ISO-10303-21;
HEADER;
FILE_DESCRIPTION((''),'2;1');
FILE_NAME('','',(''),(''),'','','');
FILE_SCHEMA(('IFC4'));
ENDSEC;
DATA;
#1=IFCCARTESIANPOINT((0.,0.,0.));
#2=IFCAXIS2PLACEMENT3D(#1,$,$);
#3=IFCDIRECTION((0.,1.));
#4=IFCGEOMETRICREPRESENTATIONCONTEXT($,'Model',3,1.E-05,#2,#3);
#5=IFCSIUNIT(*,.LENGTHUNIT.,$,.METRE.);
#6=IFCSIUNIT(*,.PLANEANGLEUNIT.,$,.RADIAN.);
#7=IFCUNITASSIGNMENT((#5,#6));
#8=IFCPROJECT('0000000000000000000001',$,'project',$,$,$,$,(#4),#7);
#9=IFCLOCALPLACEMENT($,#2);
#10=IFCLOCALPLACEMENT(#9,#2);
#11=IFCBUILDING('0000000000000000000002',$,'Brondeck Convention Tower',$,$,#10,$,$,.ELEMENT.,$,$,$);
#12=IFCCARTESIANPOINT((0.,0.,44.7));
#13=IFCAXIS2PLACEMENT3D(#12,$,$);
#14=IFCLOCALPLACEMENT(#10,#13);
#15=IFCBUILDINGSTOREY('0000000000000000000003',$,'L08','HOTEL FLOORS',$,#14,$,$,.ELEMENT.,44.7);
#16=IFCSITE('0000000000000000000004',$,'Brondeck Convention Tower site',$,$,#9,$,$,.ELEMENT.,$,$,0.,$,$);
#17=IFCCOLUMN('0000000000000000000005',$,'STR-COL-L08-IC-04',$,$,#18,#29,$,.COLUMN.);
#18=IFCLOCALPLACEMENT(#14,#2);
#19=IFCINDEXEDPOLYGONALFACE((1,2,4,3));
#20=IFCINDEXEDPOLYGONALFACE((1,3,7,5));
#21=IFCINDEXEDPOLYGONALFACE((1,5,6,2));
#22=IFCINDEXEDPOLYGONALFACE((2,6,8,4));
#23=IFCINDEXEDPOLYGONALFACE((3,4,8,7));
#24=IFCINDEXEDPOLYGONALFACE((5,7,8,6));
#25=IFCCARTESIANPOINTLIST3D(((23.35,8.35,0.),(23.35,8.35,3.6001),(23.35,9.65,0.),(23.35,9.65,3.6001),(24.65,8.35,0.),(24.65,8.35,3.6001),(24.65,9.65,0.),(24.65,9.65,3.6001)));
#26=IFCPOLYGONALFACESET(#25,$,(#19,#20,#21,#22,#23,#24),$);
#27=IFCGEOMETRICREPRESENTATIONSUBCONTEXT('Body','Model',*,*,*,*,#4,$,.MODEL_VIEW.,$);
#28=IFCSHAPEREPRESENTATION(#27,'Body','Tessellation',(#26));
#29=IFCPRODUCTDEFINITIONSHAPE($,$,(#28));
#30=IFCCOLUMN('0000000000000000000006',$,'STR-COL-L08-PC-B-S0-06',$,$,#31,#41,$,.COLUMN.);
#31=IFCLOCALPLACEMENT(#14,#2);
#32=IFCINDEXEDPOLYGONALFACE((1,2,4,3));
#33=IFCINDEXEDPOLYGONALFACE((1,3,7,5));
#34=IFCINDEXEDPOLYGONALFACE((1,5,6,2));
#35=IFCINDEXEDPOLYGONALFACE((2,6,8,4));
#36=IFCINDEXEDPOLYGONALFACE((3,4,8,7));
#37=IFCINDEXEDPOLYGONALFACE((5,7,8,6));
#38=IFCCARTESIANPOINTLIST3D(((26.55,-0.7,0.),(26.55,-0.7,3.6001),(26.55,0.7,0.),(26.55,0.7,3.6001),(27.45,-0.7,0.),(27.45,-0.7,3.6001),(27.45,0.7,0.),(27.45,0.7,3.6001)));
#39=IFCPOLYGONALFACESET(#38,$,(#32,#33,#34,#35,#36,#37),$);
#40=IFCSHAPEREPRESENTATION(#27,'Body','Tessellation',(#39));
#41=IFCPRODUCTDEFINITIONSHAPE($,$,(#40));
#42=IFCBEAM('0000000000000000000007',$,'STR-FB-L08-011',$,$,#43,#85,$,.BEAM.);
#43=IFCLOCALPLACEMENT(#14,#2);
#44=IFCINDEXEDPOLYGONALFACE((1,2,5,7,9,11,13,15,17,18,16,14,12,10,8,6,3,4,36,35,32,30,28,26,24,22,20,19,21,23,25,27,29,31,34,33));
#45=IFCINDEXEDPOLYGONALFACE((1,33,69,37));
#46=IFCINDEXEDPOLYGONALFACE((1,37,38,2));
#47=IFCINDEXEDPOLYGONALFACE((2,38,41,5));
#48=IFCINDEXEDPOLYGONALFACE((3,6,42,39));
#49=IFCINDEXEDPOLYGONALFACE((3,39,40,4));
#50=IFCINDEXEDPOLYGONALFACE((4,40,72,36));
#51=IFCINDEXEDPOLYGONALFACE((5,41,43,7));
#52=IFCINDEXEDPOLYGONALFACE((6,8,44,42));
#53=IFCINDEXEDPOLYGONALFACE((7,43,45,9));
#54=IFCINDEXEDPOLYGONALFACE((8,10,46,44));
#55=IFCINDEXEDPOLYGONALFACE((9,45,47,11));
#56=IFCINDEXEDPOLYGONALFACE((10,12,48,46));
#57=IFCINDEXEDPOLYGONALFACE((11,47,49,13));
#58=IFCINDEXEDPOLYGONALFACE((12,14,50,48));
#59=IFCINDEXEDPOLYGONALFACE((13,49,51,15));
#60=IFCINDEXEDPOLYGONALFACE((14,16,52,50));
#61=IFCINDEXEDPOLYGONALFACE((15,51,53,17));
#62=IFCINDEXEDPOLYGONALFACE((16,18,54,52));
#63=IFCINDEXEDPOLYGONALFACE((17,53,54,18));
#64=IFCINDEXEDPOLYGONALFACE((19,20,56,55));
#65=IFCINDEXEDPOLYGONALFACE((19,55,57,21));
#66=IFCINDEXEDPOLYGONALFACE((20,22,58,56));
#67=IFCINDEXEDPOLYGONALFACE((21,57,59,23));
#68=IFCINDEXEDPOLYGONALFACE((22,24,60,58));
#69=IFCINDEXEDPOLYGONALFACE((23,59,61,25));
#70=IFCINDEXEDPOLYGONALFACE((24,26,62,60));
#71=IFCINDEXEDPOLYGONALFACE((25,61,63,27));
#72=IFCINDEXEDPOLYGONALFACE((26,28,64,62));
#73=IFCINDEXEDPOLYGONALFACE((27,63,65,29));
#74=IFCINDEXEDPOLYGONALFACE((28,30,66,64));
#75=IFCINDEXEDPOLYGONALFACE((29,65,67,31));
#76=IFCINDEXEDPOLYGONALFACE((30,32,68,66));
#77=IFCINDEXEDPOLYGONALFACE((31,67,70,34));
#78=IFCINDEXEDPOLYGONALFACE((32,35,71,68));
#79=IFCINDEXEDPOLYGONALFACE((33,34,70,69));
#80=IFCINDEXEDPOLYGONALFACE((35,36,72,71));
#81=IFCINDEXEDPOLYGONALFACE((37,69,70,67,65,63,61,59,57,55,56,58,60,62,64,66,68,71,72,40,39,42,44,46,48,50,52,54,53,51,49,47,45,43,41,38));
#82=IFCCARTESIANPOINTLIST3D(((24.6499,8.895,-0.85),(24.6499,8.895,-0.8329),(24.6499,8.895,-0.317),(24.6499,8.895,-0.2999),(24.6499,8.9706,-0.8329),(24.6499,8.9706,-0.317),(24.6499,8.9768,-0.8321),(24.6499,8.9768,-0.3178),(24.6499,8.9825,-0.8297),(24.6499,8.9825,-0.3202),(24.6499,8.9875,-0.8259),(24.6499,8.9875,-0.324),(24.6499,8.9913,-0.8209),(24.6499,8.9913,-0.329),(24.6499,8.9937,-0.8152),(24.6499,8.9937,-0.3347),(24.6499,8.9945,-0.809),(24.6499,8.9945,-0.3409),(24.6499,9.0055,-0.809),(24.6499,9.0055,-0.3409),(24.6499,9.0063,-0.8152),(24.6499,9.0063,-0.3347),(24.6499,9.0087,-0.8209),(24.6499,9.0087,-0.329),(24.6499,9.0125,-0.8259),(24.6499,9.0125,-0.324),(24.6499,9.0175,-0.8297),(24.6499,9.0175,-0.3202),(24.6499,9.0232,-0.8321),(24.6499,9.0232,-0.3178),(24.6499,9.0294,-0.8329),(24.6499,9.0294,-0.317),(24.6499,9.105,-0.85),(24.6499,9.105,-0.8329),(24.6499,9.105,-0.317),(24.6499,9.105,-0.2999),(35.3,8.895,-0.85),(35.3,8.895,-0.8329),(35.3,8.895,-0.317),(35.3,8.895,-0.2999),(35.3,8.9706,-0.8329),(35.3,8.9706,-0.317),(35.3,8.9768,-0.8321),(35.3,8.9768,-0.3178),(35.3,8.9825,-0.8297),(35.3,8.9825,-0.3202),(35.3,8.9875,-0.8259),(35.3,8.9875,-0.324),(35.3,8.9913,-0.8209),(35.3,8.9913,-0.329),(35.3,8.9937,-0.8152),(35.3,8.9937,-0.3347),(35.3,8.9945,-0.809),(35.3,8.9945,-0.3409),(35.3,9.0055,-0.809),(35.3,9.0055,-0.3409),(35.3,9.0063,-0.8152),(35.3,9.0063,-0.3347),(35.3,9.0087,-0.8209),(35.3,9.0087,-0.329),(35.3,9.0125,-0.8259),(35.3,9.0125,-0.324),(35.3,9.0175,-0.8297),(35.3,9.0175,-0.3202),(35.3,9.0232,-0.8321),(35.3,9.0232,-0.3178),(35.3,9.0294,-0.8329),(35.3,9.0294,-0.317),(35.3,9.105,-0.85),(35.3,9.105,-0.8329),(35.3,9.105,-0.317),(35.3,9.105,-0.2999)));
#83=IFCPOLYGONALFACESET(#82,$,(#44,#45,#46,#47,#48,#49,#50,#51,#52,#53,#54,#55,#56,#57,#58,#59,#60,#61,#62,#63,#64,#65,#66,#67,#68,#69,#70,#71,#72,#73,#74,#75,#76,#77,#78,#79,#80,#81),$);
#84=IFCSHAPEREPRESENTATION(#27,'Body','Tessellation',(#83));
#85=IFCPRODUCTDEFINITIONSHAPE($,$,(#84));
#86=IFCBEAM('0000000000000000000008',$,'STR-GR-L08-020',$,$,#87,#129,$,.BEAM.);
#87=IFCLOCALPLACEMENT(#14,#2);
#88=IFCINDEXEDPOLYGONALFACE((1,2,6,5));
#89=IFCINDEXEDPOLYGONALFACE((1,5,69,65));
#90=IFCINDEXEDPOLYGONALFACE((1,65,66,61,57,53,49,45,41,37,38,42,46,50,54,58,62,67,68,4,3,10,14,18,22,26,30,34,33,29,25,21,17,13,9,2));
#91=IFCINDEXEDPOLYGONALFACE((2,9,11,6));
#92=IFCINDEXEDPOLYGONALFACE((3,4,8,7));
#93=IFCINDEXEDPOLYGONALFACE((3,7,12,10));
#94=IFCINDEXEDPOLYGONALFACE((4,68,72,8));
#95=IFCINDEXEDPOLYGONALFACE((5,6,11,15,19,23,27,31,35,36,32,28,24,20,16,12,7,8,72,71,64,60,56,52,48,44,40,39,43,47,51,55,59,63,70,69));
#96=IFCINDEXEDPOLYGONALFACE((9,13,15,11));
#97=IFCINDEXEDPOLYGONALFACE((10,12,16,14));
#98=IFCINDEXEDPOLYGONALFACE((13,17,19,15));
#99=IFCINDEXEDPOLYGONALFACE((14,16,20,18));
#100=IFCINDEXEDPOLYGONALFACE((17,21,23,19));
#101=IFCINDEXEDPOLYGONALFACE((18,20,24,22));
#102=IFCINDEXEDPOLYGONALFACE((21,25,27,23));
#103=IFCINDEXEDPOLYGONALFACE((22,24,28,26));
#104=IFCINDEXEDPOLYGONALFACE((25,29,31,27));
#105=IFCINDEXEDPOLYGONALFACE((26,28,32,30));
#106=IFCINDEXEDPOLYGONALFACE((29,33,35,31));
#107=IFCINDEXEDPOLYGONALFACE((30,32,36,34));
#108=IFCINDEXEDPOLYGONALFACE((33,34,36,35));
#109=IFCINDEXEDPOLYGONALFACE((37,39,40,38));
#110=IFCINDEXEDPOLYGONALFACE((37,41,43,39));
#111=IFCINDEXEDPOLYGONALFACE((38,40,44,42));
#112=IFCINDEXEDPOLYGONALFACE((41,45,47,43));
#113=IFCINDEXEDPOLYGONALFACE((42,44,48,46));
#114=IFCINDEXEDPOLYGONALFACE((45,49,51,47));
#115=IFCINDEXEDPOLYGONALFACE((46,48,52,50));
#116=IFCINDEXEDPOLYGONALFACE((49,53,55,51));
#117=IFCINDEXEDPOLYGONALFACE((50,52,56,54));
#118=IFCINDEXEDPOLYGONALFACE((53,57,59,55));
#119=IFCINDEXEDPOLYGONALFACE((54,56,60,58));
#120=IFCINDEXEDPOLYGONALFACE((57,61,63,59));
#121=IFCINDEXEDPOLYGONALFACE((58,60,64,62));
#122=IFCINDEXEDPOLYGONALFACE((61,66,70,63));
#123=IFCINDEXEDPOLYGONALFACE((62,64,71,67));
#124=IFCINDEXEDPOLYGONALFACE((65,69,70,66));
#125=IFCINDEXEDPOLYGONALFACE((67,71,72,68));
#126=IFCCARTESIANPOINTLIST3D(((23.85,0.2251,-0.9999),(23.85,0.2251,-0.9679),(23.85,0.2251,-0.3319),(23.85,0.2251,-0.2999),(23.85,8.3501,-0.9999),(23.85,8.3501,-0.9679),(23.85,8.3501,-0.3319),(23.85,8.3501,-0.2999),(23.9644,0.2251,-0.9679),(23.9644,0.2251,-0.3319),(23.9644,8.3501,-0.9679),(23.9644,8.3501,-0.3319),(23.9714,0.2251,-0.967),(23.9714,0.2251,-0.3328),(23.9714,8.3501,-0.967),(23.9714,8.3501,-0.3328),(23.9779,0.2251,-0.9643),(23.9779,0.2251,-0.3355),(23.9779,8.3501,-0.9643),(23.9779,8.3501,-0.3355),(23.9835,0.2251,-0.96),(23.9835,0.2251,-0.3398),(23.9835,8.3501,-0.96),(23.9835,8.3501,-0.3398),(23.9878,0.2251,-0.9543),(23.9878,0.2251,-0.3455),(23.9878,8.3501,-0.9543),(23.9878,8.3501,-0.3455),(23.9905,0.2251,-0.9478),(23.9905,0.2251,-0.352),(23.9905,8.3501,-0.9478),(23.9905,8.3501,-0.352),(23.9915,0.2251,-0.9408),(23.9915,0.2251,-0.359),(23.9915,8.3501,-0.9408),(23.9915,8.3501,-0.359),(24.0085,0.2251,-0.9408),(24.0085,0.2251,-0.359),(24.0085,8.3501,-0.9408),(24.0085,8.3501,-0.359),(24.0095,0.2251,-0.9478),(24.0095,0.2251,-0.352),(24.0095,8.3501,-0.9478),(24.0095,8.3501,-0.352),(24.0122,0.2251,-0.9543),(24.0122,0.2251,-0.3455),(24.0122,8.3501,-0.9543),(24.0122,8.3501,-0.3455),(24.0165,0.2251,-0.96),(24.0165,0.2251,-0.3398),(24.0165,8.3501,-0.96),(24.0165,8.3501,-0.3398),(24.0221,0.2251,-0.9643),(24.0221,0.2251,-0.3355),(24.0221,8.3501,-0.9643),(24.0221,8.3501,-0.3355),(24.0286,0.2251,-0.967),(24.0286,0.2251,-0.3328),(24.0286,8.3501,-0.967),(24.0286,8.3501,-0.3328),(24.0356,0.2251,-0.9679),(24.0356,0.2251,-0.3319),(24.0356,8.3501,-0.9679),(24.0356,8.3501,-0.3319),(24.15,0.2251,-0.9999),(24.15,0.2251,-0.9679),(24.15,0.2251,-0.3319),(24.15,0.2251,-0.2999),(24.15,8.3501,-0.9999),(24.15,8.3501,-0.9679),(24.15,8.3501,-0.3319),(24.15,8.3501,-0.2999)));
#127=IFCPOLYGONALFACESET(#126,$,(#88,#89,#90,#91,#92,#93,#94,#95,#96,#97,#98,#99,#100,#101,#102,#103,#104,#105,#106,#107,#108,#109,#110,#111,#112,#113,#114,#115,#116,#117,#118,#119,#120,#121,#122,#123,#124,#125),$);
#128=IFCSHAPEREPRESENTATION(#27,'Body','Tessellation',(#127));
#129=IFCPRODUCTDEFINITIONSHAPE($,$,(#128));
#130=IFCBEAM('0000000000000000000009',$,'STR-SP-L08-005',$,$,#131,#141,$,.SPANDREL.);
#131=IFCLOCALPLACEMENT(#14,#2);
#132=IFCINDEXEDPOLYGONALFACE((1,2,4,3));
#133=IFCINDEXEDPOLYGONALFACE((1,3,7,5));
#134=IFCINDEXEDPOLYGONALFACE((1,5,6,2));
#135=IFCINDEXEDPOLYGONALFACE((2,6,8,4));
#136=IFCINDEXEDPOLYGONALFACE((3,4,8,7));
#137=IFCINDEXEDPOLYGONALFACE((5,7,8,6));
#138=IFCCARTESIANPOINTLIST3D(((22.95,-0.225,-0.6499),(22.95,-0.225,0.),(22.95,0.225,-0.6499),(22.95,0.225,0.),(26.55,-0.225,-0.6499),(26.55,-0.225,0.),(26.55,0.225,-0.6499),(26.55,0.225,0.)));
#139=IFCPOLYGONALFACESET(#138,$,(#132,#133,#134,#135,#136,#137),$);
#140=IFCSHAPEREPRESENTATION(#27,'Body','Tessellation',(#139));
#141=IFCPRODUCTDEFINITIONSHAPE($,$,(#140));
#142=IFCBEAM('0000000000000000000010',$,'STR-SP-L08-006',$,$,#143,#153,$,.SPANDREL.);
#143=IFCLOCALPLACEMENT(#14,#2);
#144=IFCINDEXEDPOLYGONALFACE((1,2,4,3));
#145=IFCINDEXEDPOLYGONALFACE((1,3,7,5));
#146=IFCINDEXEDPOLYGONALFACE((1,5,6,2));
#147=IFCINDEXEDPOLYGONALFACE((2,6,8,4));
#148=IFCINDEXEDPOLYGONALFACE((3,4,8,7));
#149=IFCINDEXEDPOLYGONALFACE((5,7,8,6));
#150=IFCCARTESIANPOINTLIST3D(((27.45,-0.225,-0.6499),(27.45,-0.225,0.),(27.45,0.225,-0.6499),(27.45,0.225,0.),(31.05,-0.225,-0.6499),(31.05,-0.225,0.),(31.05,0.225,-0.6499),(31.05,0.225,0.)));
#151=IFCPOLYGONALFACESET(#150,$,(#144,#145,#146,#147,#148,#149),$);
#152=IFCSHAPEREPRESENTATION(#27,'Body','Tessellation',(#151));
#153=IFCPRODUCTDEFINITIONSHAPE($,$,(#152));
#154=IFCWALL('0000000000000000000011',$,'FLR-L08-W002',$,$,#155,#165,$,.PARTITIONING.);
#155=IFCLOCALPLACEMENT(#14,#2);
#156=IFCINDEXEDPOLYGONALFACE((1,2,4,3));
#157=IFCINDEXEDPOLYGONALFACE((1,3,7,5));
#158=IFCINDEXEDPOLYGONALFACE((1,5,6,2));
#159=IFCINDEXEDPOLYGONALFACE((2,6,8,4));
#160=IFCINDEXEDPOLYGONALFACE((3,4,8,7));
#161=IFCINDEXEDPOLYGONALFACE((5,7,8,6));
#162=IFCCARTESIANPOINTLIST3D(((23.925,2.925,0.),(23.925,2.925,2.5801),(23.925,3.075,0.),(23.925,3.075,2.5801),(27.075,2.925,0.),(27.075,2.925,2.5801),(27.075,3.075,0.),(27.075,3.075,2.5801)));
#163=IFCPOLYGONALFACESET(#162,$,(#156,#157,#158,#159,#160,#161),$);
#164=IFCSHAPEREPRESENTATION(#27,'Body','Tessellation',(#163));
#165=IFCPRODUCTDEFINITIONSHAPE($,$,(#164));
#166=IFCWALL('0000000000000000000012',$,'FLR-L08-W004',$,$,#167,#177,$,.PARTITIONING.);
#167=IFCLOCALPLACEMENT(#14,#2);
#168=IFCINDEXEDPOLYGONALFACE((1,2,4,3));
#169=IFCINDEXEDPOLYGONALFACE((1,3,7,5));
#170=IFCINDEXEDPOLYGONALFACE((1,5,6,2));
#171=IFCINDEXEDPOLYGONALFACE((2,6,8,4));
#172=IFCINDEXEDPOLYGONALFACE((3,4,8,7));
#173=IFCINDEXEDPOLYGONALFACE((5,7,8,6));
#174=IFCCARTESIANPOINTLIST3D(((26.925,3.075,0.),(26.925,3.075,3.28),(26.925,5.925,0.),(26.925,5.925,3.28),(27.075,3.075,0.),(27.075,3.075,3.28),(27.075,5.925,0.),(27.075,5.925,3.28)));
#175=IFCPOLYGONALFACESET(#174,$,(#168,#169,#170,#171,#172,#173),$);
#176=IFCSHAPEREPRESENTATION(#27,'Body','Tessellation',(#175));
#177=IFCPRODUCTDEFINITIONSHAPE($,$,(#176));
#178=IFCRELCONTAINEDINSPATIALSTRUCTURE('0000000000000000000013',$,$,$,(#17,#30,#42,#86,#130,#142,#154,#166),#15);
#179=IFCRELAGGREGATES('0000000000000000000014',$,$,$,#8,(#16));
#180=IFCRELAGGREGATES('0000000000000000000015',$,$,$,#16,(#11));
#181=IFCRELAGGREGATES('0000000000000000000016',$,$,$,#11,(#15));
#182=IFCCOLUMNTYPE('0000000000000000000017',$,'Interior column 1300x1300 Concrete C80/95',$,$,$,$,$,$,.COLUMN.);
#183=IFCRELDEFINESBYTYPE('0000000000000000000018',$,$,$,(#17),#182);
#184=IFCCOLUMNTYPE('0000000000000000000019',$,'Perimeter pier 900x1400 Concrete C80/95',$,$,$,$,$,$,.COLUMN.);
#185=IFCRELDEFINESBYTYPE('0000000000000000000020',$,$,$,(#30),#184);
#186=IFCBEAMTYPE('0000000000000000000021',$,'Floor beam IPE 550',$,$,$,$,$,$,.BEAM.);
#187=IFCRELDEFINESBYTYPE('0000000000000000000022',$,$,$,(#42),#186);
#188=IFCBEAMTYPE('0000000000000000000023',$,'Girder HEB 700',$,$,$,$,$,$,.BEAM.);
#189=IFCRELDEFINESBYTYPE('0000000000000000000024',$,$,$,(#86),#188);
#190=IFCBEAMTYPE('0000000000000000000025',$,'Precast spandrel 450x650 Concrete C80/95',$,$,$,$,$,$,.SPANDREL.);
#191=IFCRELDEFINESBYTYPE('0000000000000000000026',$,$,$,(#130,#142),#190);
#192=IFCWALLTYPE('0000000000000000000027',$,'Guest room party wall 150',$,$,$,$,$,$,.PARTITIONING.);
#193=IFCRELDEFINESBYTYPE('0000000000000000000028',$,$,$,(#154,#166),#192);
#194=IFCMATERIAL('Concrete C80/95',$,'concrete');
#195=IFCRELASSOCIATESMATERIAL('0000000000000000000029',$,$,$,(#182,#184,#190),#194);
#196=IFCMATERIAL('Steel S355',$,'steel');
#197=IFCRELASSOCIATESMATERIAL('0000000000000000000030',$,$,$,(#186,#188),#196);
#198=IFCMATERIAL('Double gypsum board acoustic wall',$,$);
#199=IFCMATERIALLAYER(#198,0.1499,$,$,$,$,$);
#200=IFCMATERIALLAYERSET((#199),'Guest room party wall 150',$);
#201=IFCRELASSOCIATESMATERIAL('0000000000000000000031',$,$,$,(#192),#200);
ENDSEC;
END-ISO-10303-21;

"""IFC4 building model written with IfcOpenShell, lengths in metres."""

from ifc_helpers import new_model, si_unit, direction, frame, frame_2d, origin, origin_2d, place, context, subcontext, project, spatial, rectangle, i_section, extrude, material, layer, layer_set, material_profile, profile_set, type_object, element, save


model = new_model("IFC4")

# Units and contexts
model_context = context("Model", 3, precision=1e-05, world=origin(), true_north=direction((0.0, 1.0)))
body_context = subcontext(model_context, "Body", "Model", "MODEL_VIEW")
ifc_project = project(units=[si_unit("LENGTHUNIT", "METRE"), si_unit("PLANEANGLEUNIT", "RADIAN")], contexts=[model_context])

# Site, building, storey
site_placement = place(None, origin())
site = spatial("IfcSite", under=ifc_project, at=site_placement, Name="Brondeck Convention Tower site", CompositionType="ELEMENT", RefElevation=0.0)
building_placement = place(site_placement, origin())
building = spatial("IfcBuilding", under=site, at=building_placement, Name="Brondeck Convention Tower", CompositionType="ELEMENT")
storey_placement = place(building_placement, frame((0.0, 0.0, 44.7)))
storey = spatial("IfcBuildingStorey", under=building, at=storey_placement, Name="L08", Description="HOTEL FLOORS", CompositionType="ELEMENT", Elevation=44.7)

# Columns
ifc_material_1 = material(Name="Concrete C80/95", Category="concrete")
ifc_material_profile_1 = material_profile(ifc_material_1, rectangle(XDim=1.3, YDim=1.3, at=origin_2d()), Name="Interior column 1300x1300 Concrete C80/95")
ifc_profile_set_1 = profile_set([ifc_material_profile_1], Name="Concrete C80/95")
column_type_1 = type_object("IfcColumnType", Name="Interior column 1300x1300 Concrete C80/95", PredefinedType="COLUMN", material=ifc_profile_set_1)
column_1_placement = place(storey_placement, frame((24.0, 9.0, 0.0), z_axis=(0.0, 0.0, 1.0), x_axis=(1.0, 0.0, 0.0)))
element("IfcColumn", 1, at=column_1_placement, inside=storey, type_object=column_type_1, Name="STR-COL-L08-IC-04", PredefinedType="COLUMN", context=body_context, shape_type="SweptSolid", body=[
    extrude(rectangle(XDim=1.3, YDim=1.3, at=origin_2d()), origin(), (0.0, 0.0, 1.0), 3.6001),
])
ifc_material_profile_2 = material_profile(ifc_material_1, rectangle(XDim=0.8999, YDim=1.3999, at=origin_2d()), Name="Perimeter pier 900x1400 Concrete C80/95")
ifc_profile_set_2 = profile_set([ifc_material_profile_2], Name="Concrete C80/95")
column_type_2 = type_object("IfcColumnType", Name="Perimeter pier 900x1400 Concrete C80/95", PredefinedType="COLUMN", material=ifc_profile_set_2)
column_2_placement = place(storey_placement, frame((27.0, 0.0, 0.0), z_axis=(0.0, 0.0, 1.0), x_axis=(1.0, 0.0, 0.0)))
element("IfcColumn", 2, at=column_2_placement, inside=storey, type_object=column_type_2, Name="STR-COL-L08-PC-B-S0-06", PredefinedType="COLUMN", context=body_context, shape_type="SweptSolid", body=[
    extrude(rectangle(XDim=0.8999, YDim=1.3999, at=origin_2d()), origin(), (0.0, 0.0, 1.0), 3.6001),
])

# Beams
ifc_material_2 = material(Name="Steel S355", Category="steel")
ifc_material_profile_3 = material_profile(ifc_material_2, i_section(OverallWidth=0.21, OverallDepth=0.55, WebThickness=0.011, FlangeThickness=0.0171, FilletRadius=0.0239, at=origin_2d()), Name="IPE 550")
ifc_profile_set_3 = profile_set([ifc_material_profile_3], Name="Steel S355")
beam_type_1 = type_object("IfcBeamType", Name="Floor beam IPE 550", PredefinedType="BEAM", material=ifc_profile_set_3)
beam_1_placement = place(storey_placement, frame((24.6499, 9.0, -0.575), z_axis=(1.0, 0.0, 0.0), x_axis=(0.0, 1.0, 0.0)))
element("IfcBeam", 3, at=beam_1_placement, inside=storey, type_object=beam_type_1, Name="STR-FB-L08-011", PredefinedType="BEAM", context=body_context, shape_type="SweptSolid", body=[
    extrude(i_section(OverallWidth=0.21, OverallDepth=0.55, WebThickness=0.011, FlangeThickness=0.0171, FilletRadius=0.0239, at=origin_2d()), origin(), (0.0, 0.0, 1.0), 10.6501),
])
ifc_material_profile_4 = material_profile(ifc_material_2, i_section(OverallWidth=0.3, OverallDepth=0.7, WebThickness=0.0171, FlangeThickness=0.032, FilletRadius=0.0271, at=origin_2d()), Name="HEB 700")
ifc_profile_set_4 = profile_set([ifc_material_profile_4], Name="Steel S355")
beam_type_2 = type_object("IfcBeamType", Name="Girder HEB 700", PredefinedType="BEAM", material=ifc_profile_set_4)
beam_2_placement = place(storey_placement, frame((24.0, 8.3501, -0.6499), z_axis=(0.0, -1.0, 0.0), x_axis=(1.0, 0.0, 0.0)))
element("IfcBeam", 4, at=beam_2_placement, inside=storey, type_object=beam_type_2, Name="STR-GR-L08-020", PredefinedType="BEAM", context=body_context, shape_type="SweptSolid", body=[
    extrude(i_section(OverallWidth=0.3, OverallDepth=0.7, WebThickness=0.0171, FlangeThickness=0.032, FilletRadius=0.0271, at=origin_2d()), origin(), (0.0, 0.0, 1.0), 8.125),
])
ifc_material_profile_5 = material_profile(ifc_material_1, rectangle(XDim=0.45, YDim=0.6499, at=origin_2d()), Name="Precast spandrel 450x650 Concrete C80/95")
ifc_profile_set_5 = profile_set([ifc_material_profile_5], Name="Concrete C80/95")
beam_type_3 = type_object("IfcBeamType", Name="Precast spandrel 450x650 Concrete C80/95", PredefinedType="SPANDREL", material=ifc_profile_set_5)
for number, where, z_axis, x_axis, name in (
    (5, (22.95, 0.0, -0.325), (1.0, 0.0, 0.0), (0.0, 1.0, 0.0), "STR-SP-L08-005"),
    (6, (27.45, 0.0, -0.325), (1.0, 0.0, 0.0), (0.0, 1.0, 0.0), "STR-SP-L08-006"),
):
    element("IfcBeam", number, at=place(storey_placement, frame(where, z_axis=z_axis, x_axis=x_axis)), inside=storey, type_object=beam_type_3, Name=name, PredefinedType="SPANDREL", context=body_context, shape_type="SweptSolid", body=[
        extrude(rectangle(XDim=0.45, YDim=0.6499, at=origin_2d()), origin(), (0.0, 0.0, 1.0), 3.6001),
    ])

# Walls
ifc_material_3 = material(Name="Double gypsum board acoustic wall")
ifc_layer = layer(ifc_material_3, 0.1499)
ifc_layer_set = layer_set([ifc_layer], Name="Guest room party wall 150")
wall_type = type_object("IfcWallType", Name="Guest room party wall 150", PredefinedType="PARTITIONING", material=ifc_layer_set)
wall_1_placement = place(storey_placement, frame((23.925, 3.0, 0.0), z_axis=(0.0, 0.0, 1.0), x_axis=(1.0, 0.0, 0.0)))
element("IfcWall", 7, at=wall_1_placement, inside=storey, type_object=wall_type, Name="FLR-L08-W002", PredefinedType="PARTITIONING", context=body_context, shape_type="SweptSolid", body=[
    extrude(rectangle(XDim=3.1499, YDim=0.1499, at=frame_2d((1.575, 0.0))), origin(), (0.0, 0.0, 1.0), 2.5801),
])
wall_2_placement = place(storey_placement, frame((27.0, 3.075, 0.0), z_axis=(0.0, 0.0, 1.0), x_axis=(0.0, 1.0, 0.0)))
element("IfcWall", 8, at=wall_2_placement, inside=storey, type_object=wall_type, Name="FLR-L08-W004", PredefinedType="PARTITIONING", context=body_context, shape_type="SweptSolid", body=[
    extrude(rectangle(XDim=2.8501, YDim=0.1499, at=frame_2d((1.425, 0.0))), origin(), (0.0, 0.0, 1.0), 3.28),
])

save(model, "model.ifc")
